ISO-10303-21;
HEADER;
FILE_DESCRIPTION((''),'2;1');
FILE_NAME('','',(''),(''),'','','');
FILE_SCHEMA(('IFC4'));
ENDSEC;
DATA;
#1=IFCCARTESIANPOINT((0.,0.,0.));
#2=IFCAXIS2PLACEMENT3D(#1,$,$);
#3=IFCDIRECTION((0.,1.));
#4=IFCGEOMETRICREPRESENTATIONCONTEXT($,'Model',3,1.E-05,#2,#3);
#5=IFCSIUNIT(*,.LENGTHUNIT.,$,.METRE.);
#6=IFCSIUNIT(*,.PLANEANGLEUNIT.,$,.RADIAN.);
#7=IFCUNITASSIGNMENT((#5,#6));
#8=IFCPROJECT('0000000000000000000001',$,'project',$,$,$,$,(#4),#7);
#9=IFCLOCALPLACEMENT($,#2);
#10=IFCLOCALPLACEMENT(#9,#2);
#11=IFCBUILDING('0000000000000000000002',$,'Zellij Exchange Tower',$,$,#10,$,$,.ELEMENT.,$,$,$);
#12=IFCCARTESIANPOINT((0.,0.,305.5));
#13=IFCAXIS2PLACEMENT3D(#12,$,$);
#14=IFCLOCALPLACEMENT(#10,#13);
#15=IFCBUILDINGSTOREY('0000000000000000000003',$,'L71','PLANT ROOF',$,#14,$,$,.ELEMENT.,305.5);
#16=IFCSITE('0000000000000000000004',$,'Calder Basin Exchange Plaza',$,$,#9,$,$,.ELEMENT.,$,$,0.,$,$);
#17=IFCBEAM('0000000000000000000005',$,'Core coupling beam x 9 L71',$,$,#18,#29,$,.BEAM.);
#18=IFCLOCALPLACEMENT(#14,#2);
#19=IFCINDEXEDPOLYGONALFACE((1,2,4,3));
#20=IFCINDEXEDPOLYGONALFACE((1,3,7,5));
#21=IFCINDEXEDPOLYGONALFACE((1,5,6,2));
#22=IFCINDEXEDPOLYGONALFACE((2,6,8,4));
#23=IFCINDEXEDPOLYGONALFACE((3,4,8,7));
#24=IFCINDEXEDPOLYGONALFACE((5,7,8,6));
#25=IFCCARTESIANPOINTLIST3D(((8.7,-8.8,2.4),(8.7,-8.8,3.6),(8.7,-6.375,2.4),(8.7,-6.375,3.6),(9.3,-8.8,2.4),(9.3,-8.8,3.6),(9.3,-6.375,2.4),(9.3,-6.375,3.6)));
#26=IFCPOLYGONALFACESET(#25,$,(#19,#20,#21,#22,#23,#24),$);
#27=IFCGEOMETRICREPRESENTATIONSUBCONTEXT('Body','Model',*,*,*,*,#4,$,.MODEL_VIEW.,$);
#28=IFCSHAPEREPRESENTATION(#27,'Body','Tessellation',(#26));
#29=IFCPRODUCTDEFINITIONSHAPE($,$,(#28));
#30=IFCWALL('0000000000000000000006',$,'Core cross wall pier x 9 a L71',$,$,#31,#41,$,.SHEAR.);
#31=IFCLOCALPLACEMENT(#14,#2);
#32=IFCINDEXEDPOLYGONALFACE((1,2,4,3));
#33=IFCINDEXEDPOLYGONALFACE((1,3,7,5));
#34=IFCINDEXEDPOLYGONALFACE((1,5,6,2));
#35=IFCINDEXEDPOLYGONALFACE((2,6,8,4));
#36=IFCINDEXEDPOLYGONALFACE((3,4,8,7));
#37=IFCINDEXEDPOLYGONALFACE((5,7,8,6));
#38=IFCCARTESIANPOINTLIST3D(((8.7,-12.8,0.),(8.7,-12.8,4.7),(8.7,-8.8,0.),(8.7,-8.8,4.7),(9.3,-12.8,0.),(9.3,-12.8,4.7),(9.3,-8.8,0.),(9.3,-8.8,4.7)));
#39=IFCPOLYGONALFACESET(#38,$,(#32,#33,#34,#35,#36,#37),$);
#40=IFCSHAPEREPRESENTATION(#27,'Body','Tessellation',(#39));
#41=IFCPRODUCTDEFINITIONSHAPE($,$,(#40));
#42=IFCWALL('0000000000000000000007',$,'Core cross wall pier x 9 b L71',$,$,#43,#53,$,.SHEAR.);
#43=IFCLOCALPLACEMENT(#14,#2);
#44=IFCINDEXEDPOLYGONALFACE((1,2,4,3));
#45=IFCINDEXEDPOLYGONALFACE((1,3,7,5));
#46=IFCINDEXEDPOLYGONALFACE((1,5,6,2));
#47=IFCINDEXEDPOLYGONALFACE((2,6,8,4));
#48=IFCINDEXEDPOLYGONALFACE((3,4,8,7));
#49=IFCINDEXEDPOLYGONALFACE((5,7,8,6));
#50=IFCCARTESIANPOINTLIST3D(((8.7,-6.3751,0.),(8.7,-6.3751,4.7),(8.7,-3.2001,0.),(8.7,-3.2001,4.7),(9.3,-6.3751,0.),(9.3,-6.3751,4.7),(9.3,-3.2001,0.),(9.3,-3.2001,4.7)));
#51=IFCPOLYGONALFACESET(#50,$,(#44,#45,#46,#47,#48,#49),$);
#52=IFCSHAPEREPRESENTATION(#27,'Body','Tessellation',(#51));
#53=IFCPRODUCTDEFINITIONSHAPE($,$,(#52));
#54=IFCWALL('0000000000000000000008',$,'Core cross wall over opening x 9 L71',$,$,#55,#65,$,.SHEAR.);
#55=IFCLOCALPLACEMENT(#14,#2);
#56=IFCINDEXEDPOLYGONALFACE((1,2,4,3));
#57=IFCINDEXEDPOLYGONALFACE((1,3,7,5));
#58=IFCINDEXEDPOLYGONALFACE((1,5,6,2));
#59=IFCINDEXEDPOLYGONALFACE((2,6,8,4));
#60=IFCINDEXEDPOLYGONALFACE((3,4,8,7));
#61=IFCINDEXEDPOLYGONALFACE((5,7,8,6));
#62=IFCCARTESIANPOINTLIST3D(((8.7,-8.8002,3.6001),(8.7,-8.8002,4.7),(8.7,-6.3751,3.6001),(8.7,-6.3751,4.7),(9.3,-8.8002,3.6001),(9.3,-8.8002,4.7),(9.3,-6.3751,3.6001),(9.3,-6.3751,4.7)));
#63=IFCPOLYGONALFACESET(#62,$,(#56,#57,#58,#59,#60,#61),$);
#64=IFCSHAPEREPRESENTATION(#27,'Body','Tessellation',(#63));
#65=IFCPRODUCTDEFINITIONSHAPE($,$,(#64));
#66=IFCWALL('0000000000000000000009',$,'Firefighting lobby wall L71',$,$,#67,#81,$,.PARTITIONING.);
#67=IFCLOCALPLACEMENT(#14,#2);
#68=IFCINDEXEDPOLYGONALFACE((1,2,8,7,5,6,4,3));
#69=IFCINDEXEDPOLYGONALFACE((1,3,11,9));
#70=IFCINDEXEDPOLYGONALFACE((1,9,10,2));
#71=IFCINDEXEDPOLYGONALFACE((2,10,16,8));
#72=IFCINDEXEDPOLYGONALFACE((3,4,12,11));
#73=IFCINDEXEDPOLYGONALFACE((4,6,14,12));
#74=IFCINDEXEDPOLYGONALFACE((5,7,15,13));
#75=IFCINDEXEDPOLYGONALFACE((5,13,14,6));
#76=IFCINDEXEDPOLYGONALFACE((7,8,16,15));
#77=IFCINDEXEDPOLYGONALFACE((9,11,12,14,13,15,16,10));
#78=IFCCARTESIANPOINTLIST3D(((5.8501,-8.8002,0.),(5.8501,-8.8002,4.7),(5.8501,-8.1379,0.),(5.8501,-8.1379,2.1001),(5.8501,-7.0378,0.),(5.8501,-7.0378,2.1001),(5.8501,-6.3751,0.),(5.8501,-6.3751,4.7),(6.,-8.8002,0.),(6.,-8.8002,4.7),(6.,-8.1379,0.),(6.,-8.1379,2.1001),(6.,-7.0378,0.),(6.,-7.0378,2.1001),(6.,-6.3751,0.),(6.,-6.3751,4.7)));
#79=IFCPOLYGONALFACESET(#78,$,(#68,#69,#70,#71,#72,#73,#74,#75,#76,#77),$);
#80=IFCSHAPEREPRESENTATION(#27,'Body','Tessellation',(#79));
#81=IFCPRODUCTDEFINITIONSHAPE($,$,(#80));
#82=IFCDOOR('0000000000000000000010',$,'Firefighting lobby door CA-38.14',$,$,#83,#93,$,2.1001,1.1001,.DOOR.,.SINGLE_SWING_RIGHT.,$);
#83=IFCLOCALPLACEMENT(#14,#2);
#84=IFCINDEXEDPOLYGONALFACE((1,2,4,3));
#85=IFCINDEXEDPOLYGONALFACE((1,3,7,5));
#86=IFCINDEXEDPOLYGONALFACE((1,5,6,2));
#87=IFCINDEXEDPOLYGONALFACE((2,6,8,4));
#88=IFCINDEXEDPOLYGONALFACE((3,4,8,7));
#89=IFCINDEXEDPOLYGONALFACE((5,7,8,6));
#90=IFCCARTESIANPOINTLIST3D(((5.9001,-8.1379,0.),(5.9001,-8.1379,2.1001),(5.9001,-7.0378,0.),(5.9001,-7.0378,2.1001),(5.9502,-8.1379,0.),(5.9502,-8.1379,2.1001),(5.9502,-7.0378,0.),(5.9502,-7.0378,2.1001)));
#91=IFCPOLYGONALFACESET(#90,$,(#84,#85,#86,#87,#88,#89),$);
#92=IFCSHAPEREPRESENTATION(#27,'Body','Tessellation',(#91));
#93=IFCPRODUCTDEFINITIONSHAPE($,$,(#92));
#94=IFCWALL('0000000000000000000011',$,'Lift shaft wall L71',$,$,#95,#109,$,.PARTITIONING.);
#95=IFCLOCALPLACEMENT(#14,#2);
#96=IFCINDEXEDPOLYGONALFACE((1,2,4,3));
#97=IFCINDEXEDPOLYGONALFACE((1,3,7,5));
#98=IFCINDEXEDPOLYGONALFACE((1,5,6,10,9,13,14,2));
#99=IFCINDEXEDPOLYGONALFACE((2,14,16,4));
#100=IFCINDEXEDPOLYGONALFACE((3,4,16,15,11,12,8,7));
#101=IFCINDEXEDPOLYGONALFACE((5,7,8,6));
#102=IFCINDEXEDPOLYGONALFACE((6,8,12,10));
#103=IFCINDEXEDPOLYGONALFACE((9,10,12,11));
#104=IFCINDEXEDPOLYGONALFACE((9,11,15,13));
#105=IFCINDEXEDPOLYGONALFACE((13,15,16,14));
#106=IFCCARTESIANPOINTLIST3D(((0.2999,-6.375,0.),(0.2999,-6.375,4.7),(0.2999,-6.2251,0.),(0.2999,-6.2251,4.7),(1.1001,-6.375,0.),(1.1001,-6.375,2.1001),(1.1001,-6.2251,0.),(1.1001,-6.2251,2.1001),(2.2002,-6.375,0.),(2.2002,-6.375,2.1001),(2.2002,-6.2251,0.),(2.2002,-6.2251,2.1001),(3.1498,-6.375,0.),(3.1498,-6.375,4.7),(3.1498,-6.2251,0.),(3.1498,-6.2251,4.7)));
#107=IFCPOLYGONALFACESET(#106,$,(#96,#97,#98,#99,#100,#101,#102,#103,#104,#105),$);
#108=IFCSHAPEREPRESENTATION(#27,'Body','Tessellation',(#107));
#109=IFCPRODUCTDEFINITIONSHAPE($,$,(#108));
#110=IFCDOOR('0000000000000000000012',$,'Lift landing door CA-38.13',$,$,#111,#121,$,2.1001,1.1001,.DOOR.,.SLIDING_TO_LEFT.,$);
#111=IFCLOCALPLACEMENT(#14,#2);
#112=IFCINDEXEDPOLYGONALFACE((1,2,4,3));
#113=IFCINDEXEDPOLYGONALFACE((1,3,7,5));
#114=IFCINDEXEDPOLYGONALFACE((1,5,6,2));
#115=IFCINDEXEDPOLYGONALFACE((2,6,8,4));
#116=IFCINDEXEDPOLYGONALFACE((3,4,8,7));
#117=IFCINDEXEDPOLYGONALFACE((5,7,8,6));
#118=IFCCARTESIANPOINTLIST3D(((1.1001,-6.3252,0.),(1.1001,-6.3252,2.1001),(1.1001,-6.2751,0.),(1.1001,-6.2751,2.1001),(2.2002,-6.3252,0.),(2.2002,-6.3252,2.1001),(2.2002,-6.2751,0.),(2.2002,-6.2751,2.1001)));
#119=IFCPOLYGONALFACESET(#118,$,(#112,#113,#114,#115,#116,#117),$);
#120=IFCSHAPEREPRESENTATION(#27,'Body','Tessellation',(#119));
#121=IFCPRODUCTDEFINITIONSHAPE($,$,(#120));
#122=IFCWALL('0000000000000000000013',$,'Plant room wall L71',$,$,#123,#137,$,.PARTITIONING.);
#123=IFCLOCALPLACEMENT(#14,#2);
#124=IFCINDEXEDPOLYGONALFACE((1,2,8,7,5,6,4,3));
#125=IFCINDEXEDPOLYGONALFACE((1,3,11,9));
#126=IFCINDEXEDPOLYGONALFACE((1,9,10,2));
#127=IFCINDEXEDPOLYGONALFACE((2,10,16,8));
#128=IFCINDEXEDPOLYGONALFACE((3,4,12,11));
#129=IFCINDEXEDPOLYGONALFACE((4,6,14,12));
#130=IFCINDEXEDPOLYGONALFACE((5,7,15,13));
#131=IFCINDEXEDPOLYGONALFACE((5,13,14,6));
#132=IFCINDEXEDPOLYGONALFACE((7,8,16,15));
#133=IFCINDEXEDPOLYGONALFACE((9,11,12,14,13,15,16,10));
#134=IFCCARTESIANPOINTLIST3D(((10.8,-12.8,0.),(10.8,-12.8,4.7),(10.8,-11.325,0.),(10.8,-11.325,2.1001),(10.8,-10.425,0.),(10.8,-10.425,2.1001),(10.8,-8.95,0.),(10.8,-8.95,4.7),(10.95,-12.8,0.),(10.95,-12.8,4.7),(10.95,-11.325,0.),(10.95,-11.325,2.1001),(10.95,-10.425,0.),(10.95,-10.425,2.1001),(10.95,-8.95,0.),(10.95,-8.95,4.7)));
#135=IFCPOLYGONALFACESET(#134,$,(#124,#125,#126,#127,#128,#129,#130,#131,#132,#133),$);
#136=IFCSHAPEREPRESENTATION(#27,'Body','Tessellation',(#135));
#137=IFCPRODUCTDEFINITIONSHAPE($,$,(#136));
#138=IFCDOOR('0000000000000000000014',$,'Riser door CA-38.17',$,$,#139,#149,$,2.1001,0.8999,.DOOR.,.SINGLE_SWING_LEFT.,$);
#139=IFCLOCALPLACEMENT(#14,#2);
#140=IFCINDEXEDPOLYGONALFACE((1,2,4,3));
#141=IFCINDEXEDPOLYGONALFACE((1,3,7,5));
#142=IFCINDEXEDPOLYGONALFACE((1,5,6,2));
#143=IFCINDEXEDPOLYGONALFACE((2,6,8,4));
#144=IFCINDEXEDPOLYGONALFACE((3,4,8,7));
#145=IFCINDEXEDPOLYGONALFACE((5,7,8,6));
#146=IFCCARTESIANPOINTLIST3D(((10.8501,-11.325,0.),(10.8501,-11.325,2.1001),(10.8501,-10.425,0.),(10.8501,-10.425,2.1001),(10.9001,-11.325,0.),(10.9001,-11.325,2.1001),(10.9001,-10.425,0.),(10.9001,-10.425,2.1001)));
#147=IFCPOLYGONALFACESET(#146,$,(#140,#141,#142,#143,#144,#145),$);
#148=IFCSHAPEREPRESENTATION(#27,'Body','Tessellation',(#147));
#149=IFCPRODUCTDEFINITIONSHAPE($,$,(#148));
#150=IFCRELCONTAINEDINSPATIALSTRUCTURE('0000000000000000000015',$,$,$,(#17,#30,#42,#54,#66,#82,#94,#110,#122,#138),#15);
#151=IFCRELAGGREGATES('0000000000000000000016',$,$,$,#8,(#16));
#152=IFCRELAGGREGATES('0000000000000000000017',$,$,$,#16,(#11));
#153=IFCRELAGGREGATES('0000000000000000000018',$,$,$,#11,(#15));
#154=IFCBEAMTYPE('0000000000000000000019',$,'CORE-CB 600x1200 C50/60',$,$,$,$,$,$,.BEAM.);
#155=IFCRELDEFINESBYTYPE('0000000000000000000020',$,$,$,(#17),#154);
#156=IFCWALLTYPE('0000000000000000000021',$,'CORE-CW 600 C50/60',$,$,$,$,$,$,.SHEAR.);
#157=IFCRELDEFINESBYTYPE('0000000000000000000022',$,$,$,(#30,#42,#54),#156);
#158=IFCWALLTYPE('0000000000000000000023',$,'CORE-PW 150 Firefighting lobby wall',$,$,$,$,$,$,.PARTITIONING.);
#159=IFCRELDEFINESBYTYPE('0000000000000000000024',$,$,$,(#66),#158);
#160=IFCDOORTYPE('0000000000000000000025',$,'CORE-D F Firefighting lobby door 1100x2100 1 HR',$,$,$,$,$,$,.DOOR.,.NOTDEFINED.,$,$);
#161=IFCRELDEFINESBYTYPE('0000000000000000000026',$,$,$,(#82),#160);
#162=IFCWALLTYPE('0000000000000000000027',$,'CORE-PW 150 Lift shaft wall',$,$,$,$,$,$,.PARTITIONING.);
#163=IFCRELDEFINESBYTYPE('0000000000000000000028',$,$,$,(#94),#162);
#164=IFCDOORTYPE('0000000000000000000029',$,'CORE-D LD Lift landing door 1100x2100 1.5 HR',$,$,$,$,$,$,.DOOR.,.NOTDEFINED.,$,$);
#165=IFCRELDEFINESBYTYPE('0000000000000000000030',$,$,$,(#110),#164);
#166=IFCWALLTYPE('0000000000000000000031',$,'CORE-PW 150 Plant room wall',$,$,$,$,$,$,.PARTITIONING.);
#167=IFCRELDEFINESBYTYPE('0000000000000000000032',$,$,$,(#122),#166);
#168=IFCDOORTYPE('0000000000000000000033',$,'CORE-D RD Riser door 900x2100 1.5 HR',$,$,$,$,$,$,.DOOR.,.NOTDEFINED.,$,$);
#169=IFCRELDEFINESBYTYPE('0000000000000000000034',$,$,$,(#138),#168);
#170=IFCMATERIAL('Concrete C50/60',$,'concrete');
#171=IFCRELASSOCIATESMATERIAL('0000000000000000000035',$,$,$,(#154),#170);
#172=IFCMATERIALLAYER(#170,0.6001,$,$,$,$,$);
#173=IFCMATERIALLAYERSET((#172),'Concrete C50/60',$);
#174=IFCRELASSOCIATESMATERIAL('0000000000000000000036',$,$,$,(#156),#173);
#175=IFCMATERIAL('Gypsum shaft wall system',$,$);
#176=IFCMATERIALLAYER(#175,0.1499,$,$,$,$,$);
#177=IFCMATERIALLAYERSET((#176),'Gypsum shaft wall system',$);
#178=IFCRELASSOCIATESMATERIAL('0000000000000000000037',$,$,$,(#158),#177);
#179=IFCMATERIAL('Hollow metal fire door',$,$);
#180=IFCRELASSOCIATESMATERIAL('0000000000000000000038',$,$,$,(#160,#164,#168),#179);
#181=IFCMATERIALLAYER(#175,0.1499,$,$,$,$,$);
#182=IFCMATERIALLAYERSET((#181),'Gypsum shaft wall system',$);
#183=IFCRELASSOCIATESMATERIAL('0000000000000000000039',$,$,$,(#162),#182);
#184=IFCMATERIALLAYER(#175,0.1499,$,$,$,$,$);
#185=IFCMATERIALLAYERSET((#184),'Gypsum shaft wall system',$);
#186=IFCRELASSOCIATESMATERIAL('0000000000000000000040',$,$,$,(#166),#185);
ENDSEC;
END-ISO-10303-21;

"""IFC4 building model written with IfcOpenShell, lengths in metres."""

from ifc_helpers import new_model, si_unit, direction, frame, frame_2d, origin, origin_2d, place, context, subcontext, project, spatial, rectangle, extrude, material, layer, layer_set, material_profile, profile_set, type_object, element, fill, save


model = new_model("IFC4")

# Units and contexts
model_context = context("Model", 3, precision=1e-05, world=origin(), true_north=direction((0.0, 1.0)))
body_context = subcontext(model_context, "Body", "Model", "MODEL_VIEW")
ifc_project = project(units=[si_unit("LENGTHUNIT", "METRE"), si_unit("PLANEANGLEUNIT", "RADIAN")], contexts=[model_context])

# Site, building, storey
site_placement = place(None, origin())
site = spatial("IfcSite", under=ifc_project, at=site_placement, Name="Calder Basin Exchange Plaza", CompositionType="ELEMENT", RefElevation=0.0)
building_placement = place(site_placement, origin())
building = spatial("IfcBuilding", under=site, at=building_placement, Name="Zellij Exchange Tower", CompositionType="ELEMENT")
storey_placement = place(building_placement, frame((0.0, 0.0, 305.5)))
storey = spatial("IfcBuildingStorey", under=building, at=storey_placement, Name="L71", Description="PLANT ROOF", CompositionType="ELEMENT", Elevation=305.5)

# Beam
ifc_material_1 = material(Name="Concrete C50/60", Category="concrete")
ifc_material_profile = material_profile(ifc_material_1, rectangle(XDim=0.6001, YDim=1.2, at=origin_2d()), Name="CORE-CB 600x1200 C50/60")
ifc_profile_set = profile_set([ifc_material_profile], Name="Concrete C50/60")
beam_type = type_object("IfcBeamType", Name="CORE-CB 600x1200 C50/60", PredefinedType="BEAM", material=ifc_profile_set)
beam_placement = place(storey_placement, frame((9.0, -8.8, 3.0), z_axis=(0.0, 1.0, 0.0), x_axis=(-1.0, 0.0, 0.0)))
element("IfcBeam", 1, at=beam_placement, inside=storey, type_object=beam_type, Name="Core coupling beam x 9 L71", PredefinedType="BEAM", context=body_context, shape_type="SweptSolid", body=[
    extrude(rectangle(XDim=0.6001, YDim=1.2, at=origin_2d()), origin(), (0.0, 0.0, 1.0), 2.425),
])

# Walls
ifc_layer_1 = layer(ifc_material_1, 0.6001)
ifc_layer_set_1 = layer_set([ifc_layer_1], Name="Concrete C50/60")
wall_type_1 = type_object("IfcWallType", Name="CORE-CW 600 C50/60", PredefinedType="SHEAR", material=ifc_layer_set_1)
wall_1_placement = place(storey_placement, frame((9.0, -12.8, 0.0), z_axis=(0.0, 0.0, 1.0), x_axis=(0.0, 1.0, 0.0)))
element("IfcWall", 2, at=wall_1_placement, inside=storey, type_object=wall_type_1, Name="Core cross wall pier x 9 a L71", PredefinedType="SHEAR", context=body_context, shape_type="SweptSolid", body=[
    extrude(rectangle(XDim=4.0, YDim=0.6001, at=frame_2d((2.0, 0.0))), origin(), (0.0, 0.0, 1.0), 4.7),
])
wall_2_placement = place(storey_placement, frame((9.0, -6.375, 0.0), z_axis=(0.0, 0.0, 1.0), x_axis=(0.0, 1.0, 0.0)))
element("IfcWall", 3, at=wall_2_placement, inside=storey, type_object=wall_type_1, Name="Core cross wall pier x 9 b L71", PredefinedType="SHEAR", context=body_context, shape_type="SweptSolid", body=[
    extrude(rectangle(XDim=3.175, YDim=0.6001, at=frame_2d((1.5874, 0.0))), origin(), (0.0, 0.0, 1.0), 4.7),
])
wall_3_placement = place(storey_placement, frame((9.0, -8.8, 3.6001), z_axis=(0.0, 0.0, 1.0), x_axis=(0.0, 1.0, 0.0)))
element("IfcWall", 4, at=wall_3_placement, inside=storey, type_object=wall_type_1, Name="Core cross wall over opening x 9 L71", PredefinedType="SHEAR", context=body_context, shape_type="SweptSolid", body=[
    extrude(rectangle(XDim=2.425, YDim=0.6001, at=frame_2d((1.2124, 0.0))), origin(), (0.0, 0.0, 1.0), 1.0999),
])

# Walls, openings, doors
ifc_material_2 = material(Name="Gypsum shaft wall system")
ifc_layer_2 = layer(ifc_material_2, 0.1499)
ifc_layer_set_2 = layer_set([ifc_layer_2], Name="Gypsum shaft wall system")
wall_type_2 = type_object("IfcWallType", Name="CORE-PW 150 Firefighting lobby wall", PredefinedType="PARTITIONING", material=ifc_layer_set_2)
wall_4_placement = place(storey_placement, frame((5.925, -8.8, 0.0), z_axis=(0.0, 0.0, 1.0), x_axis=(0.0, 1.0, 0.0)))
wall_4 = element("IfcWall", 5, at=wall_4_placement, inside=storey, type_object=wall_type_2, Name="Firefighting lobby wall L71", PredefinedType="PARTITIONING", context=body_context, shape_type="SweptSolid", body=[
    extrude(rectangle(XDim=2.425, YDim=0.1499, at=frame_2d((1.2124, 0.0))), origin(), (0.0, 0.0, 1.0), 4.7),
])
opening_1_placement = place(wall_4_placement, frame((0.6621, 0.0, 0.0)))
opening_1 = element("IfcOpeningElement", 6, at=opening_1_placement, cuts=wall_4, PredefinedType="OPENING", context=body_context, shape_type="SweptSolid", body=[
    extrude(rectangle(XDim=1.1001, YDim=2.1001, at=frame_2d((0.55, 1.05))), frame((0.0, 0.0869, 0.0), z_axis=(0.0, -1.0, 0.0), x_axis=(1.0, 0.0, 0.0)), (0.0, 0.0, 1.0), 0.1738),
])
ifc_material_3 = material(Name="Hollow metal fire door")
door_type_1 = type_object("IfcDoorType", Name="CORE-D F Firefighting lobby door 1100x2100 1 HR", OperationType="NOTDEFINED", PredefinedType="DOOR", material=ifc_material_3)
door_1_placement = place(opening_1_placement, origin())
door_1 = element("IfcDoor", 7, at=door_1_placement, inside=storey, type_object=door_type_1, Name="Firefighting lobby door CA-38.14", OperationType="SINGLE_SWING_RIGHT", OverallHeight=2.1001, OverallWidth=1.1001, PredefinedType="DOOR", context=body_context, shape_type="SweptSolid", body=[
    extrude(rectangle(XDim=1.1001, YDim=2.1001, at=frame_2d((0.55, 1.05))), frame((0.0, 0.0249, 0.0), z_axis=(0.0, -1.0, 0.0), x_axis=(1.0, 0.0, 0.0)), (0.0, 0.0, 1.0), 0.05),
])
fill(opening_1, door_1)
ifc_layer_3 = layer(ifc_material_2, 0.1499)
ifc_layer_set_3 = layer_set([ifc_layer_3], Name="Gypsum shaft wall system")
wall_type_3 = type_object("IfcWallType", Name="CORE-PW 150 Lift shaft wall", PredefinedType="PARTITIONING", material=ifc_layer_set_3)
wall_5_placement = place(storey_placement, frame((0.3, -6.3, 0.0), z_axis=(0.0, 0.0, 1.0), x_axis=(1.0, 0.0, 0.0)))
wall_5 = element("IfcWall", 8, at=wall_5_placement, inside=storey, type_object=wall_type_3, Name="Lift shaft wall L71", PredefinedType="PARTITIONING", context=body_context, shape_type="SweptSolid", body=[
    extrude(rectangle(XDim=2.8499, YDim=0.1499, at=frame_2d((1.4248, 0.0))), origin(), (0.0, 0.0, 1.0), 4.7),
])
opening_2_placement = place(wall_5_placement, frame((0.8, 0.0, 0.0)))
opening_2 = element("IfcOpeningElement", 9, at=opening_2_placement, cuts=wall_5, PredefinedType="OPENING", context=body_context, shape_type="SweptSolid", body=[
    extrude(rectangle(XDim=1.1001, YDim=2.1001, at=frame_2d((0.55, 1.05))), frame((0.0, 0.0869, 0.0), z_axis=(0.0, -1.0, 0.0), x_axis=(1.0, 0.0, 0.0)), (0.0, 0.0, 1.0), 0.1738),
])
door_type_2 = type_object("IfcDoorType", Name="CORE-D LD Lift landing door 1100x2100 1.5 HR", OperationType="NOTDEFINED", PredefinedType="DOOR", material=ifc_material_3)
door_2_placement = place(opening_2_placement, origin())
door_2 = element("IfcDoor", 10, at=door_2_placement, inside=storey, type_object=door_type_2, Name="Lift landing door CA-38.13", OperationType="SLIDING_TO_LEFT", OverallHeight=2.1001, OverallWidth=1.1001, PredefinedType="DOOR", context=body_context, shape_type="SweptSolid", body=[
    extrude(rectangle(XDim=1.1001, YDim=2.1001, at=frame_2d((0.55, 1.05))), frame((0.0, 0.0249, 0.0), z_axis=(0.0, -1.0, 0.0), x_axis=(1.0, 0.0, 0.0)), (0.0, 0.0, 1.0), 0.05),
])
fill(opening_2, door_2)
ifc_layer_4 = layer(ifc_material_2, 0.1499)
ifc_layer_set_4 = layer_set([ifc_layer_4], Name="Gypsum shaft wall system")
wall_type_4 = type_object("IfcWallType", Name="CORE-PW 150 Plant room wall", PredefinedType="PARTITIONING", material=ifc_layer_set_4)
wall_6_placement = place(storey_placement, frame((10.875, -12.8, 0.0), z_axis=(0.0, 0.0, 1.0), x_axis=(0.0, 1.0, 0.0)))
wall_6 = element("IfcWall", 11, at=wall_6_placement, inside=storey, type_object=wall_type_4, Name="Plant room wall L71", PredefinedType="PARTITIONING", context=body_context, shape_type="SweptSolid", body=[
    extrude(rectangle(XDim=3.8501, YDim=0.1499, at=frame_2d((1.925, 0.0))), origin(), (0.0, 0.0, 1.0), 4.7),
])
opening_3_placement = place(wall_6_placement, frame((1.4751, 0.0, 0.0)))
opening_3 = element("IfcOpeningElement", 12, at=opening_3_placement, cuts=wall_6, PredefinedType="OPENING", context=body_context, shape_type="SweptSolid", body=[
    extrude(rectangle(XDim=0.8999, YDim=2.1001, at=frame_2d((0.45, 1.05))), frame((0.0, 0.0869, 0.0), z_axis=(0.0, -1.0, 0.0), x_axis=(1.0, 0.0, 0.0)), (0.0, 0.0, 1.0), 0.1738),
])
door_type_3 = type_object("IfcDoorType", Name="CORE-D RD Riser door 900x2100 1.5 HR", OperationType="NOTDEFINED", PredefinedType="DOOR", material=ifc_material_3)
door_3_placement = place(opening_3_placement, origin())
door_3 = element("IfcDoor", 13, at=door_3_placement, inside=storey, type_object=door_type_3, Name="Riser door CA-38.17", OperationType="SINGLE_SWING_LEFT", OverallHeight=2.1001, OverallWidth=0.8999, PredefinedType="DOOR", context=body_context, shape_type="SweptSolid", body=[
    extrude(rectangle(XDim=0.8999, YDim=2.1001, at=frame_2d((0.45, 1.05))), frame((0.0, 0.0249, 0.0), z_axis=(0.0, -1.0, 0.0), x_axis=(1.0, 0.0, 0.0)), (0.0, 0.0, 1.0), 0.05),
])
fill(opening_3, door_3)

save(model, "model.ifc")
